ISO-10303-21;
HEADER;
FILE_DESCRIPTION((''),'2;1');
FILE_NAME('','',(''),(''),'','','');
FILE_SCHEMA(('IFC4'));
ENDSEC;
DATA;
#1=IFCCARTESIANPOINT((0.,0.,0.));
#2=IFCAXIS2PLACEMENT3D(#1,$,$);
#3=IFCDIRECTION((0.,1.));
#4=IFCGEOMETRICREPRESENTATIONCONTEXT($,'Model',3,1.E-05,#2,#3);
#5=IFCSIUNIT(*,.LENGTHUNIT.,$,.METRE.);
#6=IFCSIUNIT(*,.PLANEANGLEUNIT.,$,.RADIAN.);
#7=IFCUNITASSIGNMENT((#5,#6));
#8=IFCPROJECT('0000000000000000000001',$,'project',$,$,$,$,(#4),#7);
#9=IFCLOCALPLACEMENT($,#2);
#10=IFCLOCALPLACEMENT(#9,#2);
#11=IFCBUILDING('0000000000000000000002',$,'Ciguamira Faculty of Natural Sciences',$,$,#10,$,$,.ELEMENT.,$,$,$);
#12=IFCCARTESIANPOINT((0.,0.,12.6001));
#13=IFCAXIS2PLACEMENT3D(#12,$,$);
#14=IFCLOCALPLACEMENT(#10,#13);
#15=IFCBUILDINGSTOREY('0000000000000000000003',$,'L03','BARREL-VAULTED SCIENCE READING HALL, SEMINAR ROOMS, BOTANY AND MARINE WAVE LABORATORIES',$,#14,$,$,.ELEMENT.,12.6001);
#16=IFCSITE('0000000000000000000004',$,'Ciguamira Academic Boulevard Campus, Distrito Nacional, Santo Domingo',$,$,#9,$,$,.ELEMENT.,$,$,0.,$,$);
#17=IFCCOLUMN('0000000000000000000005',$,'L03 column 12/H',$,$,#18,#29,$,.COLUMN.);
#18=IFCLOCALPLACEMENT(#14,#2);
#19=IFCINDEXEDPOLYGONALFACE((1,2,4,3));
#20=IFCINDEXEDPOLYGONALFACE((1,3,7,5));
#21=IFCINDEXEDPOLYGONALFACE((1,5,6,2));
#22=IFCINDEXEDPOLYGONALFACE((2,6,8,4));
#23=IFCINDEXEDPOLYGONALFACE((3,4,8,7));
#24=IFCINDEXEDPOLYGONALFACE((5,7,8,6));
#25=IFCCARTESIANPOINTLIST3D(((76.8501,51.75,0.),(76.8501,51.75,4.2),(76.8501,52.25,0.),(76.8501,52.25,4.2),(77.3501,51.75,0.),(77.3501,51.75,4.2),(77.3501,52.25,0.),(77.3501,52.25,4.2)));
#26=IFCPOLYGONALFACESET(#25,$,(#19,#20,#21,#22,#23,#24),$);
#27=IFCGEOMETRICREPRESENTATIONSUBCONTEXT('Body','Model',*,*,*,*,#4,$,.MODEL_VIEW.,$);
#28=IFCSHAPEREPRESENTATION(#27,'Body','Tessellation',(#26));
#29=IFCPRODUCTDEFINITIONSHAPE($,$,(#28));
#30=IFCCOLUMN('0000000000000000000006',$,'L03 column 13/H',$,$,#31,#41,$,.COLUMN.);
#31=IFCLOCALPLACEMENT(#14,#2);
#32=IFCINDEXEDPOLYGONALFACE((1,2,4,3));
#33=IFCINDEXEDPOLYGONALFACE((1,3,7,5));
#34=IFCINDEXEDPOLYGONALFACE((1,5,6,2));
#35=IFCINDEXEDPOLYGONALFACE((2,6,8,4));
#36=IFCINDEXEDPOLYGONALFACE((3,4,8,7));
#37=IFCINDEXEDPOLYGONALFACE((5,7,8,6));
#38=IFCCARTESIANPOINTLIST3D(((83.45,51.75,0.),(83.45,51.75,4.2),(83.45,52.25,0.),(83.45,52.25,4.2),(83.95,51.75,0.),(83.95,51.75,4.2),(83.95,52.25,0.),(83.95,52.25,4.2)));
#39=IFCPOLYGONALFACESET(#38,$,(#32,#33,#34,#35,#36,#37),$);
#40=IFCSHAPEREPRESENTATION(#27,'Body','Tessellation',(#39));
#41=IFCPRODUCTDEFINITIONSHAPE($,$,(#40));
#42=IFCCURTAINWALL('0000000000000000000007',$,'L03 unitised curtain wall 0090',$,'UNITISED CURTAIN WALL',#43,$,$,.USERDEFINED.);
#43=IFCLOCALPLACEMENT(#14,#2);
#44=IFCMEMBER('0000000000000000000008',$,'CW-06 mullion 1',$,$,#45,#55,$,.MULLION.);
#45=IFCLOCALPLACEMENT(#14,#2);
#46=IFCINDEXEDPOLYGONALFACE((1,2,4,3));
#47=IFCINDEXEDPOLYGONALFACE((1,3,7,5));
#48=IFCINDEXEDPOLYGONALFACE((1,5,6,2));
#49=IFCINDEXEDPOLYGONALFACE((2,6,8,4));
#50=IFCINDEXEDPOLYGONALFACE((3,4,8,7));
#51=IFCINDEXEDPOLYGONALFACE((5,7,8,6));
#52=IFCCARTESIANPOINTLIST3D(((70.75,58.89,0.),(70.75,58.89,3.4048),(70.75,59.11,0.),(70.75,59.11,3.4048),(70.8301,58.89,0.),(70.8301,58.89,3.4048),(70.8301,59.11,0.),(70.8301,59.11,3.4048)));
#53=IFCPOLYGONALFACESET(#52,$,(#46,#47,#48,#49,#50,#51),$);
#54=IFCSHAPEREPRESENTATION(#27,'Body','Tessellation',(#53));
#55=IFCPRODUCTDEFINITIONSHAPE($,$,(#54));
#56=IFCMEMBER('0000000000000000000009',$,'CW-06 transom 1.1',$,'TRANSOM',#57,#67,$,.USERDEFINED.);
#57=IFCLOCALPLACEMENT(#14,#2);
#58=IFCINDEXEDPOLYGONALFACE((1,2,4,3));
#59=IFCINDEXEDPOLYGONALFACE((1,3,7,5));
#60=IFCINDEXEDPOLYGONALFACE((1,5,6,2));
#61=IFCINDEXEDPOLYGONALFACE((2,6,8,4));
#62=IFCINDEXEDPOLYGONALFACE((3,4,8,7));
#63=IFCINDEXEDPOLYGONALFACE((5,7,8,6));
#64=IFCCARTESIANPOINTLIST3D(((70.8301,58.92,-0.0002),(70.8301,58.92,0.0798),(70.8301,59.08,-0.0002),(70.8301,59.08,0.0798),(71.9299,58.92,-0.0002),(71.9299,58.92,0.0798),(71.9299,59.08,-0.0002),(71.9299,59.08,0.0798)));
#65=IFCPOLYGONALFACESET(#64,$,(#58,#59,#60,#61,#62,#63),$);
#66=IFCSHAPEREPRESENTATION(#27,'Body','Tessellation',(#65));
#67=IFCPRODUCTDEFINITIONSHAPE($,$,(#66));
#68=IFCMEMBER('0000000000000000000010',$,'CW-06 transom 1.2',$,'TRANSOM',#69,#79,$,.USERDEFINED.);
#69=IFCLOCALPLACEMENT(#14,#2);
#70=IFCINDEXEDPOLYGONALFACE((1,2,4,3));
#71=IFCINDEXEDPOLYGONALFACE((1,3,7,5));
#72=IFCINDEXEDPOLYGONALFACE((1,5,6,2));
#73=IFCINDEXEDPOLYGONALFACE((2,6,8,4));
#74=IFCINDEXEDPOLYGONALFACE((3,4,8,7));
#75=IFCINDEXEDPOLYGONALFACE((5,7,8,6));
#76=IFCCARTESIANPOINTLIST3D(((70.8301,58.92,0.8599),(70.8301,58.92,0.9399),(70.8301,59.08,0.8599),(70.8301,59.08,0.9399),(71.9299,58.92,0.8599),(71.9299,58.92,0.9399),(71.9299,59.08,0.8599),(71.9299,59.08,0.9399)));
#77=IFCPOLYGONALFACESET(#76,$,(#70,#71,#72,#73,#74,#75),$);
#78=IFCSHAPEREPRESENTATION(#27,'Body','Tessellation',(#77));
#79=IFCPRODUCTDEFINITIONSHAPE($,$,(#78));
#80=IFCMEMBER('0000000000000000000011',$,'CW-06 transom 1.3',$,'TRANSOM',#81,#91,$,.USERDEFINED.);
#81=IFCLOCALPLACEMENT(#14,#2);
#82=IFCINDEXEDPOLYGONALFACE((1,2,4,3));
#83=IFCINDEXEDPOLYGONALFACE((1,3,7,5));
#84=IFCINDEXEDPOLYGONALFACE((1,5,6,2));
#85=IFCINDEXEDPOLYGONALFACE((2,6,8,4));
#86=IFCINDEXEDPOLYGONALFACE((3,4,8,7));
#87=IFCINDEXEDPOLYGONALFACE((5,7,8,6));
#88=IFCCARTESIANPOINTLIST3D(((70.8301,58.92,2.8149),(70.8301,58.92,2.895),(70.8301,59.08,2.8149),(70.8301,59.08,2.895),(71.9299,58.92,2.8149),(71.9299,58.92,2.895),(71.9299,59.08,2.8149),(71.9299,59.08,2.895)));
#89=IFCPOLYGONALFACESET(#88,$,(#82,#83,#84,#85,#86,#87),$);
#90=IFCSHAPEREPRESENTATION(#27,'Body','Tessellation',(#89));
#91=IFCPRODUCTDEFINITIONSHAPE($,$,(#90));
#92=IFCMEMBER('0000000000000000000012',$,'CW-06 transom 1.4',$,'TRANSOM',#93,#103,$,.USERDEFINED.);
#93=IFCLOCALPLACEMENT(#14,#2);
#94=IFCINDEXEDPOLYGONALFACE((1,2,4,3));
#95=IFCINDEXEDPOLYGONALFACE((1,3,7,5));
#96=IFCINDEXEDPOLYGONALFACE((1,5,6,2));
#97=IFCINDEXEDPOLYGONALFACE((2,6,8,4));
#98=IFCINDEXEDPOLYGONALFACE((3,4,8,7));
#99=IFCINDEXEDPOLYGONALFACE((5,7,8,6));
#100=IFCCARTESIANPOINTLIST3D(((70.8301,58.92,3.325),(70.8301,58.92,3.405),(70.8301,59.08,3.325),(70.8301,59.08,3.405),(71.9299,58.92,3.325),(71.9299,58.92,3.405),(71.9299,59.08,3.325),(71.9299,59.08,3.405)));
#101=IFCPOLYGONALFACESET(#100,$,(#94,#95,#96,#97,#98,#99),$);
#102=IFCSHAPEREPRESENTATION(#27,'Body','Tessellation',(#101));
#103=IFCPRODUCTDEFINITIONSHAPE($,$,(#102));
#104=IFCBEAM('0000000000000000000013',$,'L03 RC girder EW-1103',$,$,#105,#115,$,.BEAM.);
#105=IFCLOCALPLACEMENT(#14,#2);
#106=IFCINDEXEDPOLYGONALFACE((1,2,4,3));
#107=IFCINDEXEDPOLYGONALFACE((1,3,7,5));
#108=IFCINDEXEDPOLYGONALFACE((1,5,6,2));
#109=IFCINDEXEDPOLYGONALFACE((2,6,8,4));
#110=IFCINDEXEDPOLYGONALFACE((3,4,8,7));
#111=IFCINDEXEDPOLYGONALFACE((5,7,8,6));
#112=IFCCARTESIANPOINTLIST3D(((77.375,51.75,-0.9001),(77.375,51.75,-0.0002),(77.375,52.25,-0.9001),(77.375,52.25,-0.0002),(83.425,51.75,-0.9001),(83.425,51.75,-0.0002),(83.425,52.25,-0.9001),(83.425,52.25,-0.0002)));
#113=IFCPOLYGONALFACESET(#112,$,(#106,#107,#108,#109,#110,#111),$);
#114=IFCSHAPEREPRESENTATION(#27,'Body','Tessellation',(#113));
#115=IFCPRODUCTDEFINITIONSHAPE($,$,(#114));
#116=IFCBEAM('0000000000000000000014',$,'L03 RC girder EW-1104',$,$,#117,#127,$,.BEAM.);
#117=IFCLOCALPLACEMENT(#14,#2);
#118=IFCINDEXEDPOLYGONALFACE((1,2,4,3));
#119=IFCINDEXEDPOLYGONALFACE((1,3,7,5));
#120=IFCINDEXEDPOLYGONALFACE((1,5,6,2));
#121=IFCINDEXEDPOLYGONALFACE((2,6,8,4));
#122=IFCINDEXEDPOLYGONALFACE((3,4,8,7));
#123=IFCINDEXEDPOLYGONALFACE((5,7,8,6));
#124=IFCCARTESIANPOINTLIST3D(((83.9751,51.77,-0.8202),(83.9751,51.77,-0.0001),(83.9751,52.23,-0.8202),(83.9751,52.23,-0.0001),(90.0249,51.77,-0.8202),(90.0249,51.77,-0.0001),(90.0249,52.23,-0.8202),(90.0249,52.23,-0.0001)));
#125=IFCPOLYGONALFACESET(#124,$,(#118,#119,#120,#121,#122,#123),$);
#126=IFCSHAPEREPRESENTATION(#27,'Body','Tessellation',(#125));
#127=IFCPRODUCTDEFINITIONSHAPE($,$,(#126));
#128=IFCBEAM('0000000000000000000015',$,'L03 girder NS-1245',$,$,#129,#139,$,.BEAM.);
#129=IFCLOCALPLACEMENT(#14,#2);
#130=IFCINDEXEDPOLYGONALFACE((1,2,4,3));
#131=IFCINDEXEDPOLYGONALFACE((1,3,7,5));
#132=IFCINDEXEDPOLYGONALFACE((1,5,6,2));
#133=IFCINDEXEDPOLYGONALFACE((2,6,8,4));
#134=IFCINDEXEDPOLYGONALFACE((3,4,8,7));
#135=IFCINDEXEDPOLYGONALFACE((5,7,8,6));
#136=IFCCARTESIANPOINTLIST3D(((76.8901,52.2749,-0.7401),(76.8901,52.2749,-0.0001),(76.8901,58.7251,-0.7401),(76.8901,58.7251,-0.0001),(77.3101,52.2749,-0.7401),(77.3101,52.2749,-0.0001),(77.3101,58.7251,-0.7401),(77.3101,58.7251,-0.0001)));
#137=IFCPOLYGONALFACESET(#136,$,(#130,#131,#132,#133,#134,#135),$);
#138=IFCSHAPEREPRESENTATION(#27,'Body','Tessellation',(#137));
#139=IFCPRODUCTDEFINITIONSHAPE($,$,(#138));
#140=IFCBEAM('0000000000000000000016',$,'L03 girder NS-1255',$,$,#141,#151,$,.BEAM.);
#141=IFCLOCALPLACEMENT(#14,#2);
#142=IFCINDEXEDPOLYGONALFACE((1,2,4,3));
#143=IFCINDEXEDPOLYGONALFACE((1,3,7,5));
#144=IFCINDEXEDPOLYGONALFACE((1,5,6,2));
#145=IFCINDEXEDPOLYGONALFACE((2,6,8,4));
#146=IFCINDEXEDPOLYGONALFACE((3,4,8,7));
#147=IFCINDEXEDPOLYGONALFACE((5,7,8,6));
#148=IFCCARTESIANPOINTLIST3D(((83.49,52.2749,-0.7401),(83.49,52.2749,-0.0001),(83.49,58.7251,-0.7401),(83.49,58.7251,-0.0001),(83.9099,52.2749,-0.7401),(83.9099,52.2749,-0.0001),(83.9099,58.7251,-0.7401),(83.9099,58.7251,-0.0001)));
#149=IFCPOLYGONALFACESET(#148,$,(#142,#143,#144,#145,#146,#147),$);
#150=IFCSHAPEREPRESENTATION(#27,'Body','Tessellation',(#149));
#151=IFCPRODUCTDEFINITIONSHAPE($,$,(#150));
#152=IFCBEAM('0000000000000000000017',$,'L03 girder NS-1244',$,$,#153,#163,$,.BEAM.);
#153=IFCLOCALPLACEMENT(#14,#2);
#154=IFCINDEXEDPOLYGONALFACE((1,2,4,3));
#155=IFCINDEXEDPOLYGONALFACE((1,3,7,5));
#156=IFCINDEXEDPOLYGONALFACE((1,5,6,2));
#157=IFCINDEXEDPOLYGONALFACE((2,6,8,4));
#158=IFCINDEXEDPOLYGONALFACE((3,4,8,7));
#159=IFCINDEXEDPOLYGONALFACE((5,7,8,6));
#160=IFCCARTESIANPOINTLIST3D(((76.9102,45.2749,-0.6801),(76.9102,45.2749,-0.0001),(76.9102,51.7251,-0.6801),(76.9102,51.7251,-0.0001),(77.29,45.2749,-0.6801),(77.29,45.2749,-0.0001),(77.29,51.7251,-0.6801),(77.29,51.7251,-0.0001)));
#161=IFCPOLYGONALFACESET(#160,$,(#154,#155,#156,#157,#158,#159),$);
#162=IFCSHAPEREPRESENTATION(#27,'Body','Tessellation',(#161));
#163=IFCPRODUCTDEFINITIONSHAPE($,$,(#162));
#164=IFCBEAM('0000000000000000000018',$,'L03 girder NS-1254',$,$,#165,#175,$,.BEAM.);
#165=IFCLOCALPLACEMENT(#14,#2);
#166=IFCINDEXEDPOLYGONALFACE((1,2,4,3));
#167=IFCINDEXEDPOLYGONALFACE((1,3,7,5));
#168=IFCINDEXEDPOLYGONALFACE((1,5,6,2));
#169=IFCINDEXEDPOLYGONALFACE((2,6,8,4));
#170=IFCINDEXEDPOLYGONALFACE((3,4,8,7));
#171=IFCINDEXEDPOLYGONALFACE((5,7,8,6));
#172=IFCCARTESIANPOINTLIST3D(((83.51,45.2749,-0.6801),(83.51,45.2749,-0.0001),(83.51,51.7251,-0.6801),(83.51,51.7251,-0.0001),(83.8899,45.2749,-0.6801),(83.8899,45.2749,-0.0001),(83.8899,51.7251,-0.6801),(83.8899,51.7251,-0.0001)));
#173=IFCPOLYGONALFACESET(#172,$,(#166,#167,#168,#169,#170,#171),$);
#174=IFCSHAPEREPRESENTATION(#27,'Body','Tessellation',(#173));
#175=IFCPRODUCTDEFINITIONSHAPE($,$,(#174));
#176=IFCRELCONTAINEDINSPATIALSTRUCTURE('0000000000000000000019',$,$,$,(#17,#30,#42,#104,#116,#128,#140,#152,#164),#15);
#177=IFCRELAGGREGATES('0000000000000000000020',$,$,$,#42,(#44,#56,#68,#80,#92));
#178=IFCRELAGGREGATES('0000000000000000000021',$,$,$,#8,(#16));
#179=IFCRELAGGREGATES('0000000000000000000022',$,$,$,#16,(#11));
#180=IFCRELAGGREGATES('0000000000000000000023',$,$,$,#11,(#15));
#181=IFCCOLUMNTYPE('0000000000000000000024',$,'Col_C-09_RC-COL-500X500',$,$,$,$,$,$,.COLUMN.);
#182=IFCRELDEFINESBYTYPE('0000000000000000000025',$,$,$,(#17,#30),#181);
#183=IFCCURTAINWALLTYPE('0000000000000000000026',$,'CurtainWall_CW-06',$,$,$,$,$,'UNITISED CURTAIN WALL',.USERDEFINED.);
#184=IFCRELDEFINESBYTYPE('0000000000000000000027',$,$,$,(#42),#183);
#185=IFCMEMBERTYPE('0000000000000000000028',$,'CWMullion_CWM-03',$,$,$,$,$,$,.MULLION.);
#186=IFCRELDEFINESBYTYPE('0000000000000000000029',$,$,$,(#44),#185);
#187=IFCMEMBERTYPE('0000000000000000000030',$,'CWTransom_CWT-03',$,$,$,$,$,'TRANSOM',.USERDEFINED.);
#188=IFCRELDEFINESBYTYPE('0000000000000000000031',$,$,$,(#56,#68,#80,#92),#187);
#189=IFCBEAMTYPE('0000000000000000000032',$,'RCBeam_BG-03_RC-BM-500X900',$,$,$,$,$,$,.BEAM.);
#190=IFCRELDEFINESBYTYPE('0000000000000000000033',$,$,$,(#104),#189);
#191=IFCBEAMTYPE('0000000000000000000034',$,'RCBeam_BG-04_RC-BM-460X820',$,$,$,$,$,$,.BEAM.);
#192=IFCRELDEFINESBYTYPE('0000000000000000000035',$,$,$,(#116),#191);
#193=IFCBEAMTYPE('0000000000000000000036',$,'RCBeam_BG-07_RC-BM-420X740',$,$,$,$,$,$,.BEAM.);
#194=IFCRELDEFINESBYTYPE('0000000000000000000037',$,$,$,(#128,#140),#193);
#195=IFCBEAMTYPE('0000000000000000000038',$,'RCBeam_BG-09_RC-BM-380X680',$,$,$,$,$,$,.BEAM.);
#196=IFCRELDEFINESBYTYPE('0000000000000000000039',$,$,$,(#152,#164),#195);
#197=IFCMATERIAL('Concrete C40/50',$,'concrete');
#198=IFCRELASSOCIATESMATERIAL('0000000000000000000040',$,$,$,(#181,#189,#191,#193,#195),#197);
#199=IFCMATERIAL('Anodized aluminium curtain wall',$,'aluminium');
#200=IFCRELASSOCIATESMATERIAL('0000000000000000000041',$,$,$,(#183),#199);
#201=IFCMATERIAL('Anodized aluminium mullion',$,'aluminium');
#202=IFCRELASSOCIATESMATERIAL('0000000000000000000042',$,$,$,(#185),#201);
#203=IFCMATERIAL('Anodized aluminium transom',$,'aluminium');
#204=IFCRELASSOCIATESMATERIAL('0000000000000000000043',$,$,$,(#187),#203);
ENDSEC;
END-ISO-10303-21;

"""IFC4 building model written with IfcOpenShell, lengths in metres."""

from ifc_helpers import new_model, si_unit, direction, frame, origin, origin_2d, place, context, subcontext, project, spatial, rectangle, extrude, material, material_profile, profile_set, type_object, element, aggregate, save


model = new_model("IFC4")

# Units and contexts
model_context = context("Model", 3, precision=1e-05, world=origin(), true_north=direction((0.0, 1.0)))
body_context = subcontext(model_context, "Body", "Model", "MODEL_VIEW")
ifc_project = project(units=[si_unit("LENGTHUNIT", "METRE"), si_unit("PLANEANGLEUNIT", "RADIAN")], contexts=[model_context])

# Site, building, storey
site_placement = place(None, origin())
site = spatial("IfcSite", under=ifc_project, at=site_placement, Name="Ciguamira Academic Boulevard Campus, Distrito Nacional, Santo Domingo", CompositionType="ELEMENT", RefElevation=0.0)
building_placement = place(site_placement, origin())
building = spatial("IfcBuilding", under=site, at=building_placement, Name="Ciguamira Faculty of Natural Sciences", CompositionType="ELEMENT")
storey_placement = place(building_placement, frame((0.0, 0.0, 12.6001)))
storey = spatial("IfcBuildingStorey", under=building, at=storey_placement, Name="L03", Description="BARREL-VAULTED SCIENCE READING HALL, SEMINAR ROOMS, BOTANY AND MARINE WAVE LABORATORIES", CompositionType="ELEMENT", Elevation=12.6001)

# Columns
ifc_material_1 = material(Name="Concrete C40/50", Category="concrete")
ifc_material_profile_1 = material_profile(ifc_material_1, rectangle(XDim=0.5, YDim=0.5, at=origin_2d()), Name="RC-COL-500X500")
ifc_profile_set_1 = profile_set([ifc_material_profile_1], Name="Concrete C40/50")
column_type = type_object("IfcColumnType", Name="Col_C-09_RC-COL-500X500", PredefinedType="COLUMN", material=ifc_profile_set_1)
for number, where, z_axis, x_axis, name in (
    (1, (77.1001, 52.0, 0.0), (0.0, 0.0, 1.0), (1.0, 0.0, 0.0), "L03 column 12/H"),
    (2, (83.7, 52.0, 0.0), (0.0, 0.0, 1.0), (1.0, 0.0, 0.0), "L03 column 13/H"),
):
    element("IfcColumn", number, at=place(storey_placement, frame(where, z_axis=z_axis, x_axis=x_axis)), inside=storey, type_object=column_type, Name=name, PredefinedType="COLUMN", context=body_context, shape_type="SweptSolid", body=[
        extrude(rectangle(XDim=0.5, YDim=0.5, at=origin_2d()), origin(), (0.0, 0.0, 1.0), 4.2),
    ])

# Curtain wall, members
ifc_material_2 = material(Name="Anodized aluminium curtain wall", Category="aluminium")
curtain_wall_type = type_object("IfcCurtainWallType", Name="CurtainWall_CW-06", ElementType="UNITISED CURTAIN WALL", PredefinedType="USERDEFINED", material=ifc_material_2)
curtain_wall_placement = place(storey_placement, origin())
curtain_wall = element("IfcCurtainWall", 3, at=curtain_wall_placement, inside=storey, type_object=curtain_wall_type, Name="L03 unitised curtain wall 0090", ObjectType="UNITISED CURTAIN WALL", PredefinedType="USERDEFINED")
ifc_material_3 = material(Name="Anodized aluminium mullion", Category="aluminium")
ifc_material_profile_2 = material_profile(ifc_material_3, rectangle(XDim=0.0801, YDim=0.22, at=origin_2d()), Name="ALU-MUL-80X220")
ifc_profile_set_2 = profile_set([ifc_material_profile_2], Name="Anodized aluminium mullion")
member_type_1 = type_object("IfcMemberType", Name="CWMullion_CWM-03", PredefinedType="MULLION", material=ifc_profile_set_2)
member_1_placement = place(storey_placement, frame((70.79, 59.0, 0.0), z_axis=(0.0, 0.0, 1.0), x_axis=(1.0, 0.0, 0.0)))
member_1 = element("IfcMember", 4, at=member_1_placement, type_object=member_type_1, Name="CW-06 mullion 1", PredefinedType="MULLION", context=body_context, shape_type="SweptSolid", body=[
    extrude(rectangle(XDim=0.0801, YDim=0.22, at=origin_2d()), origin(), (0.0, 0.0, 1.0), 3.4048),
])
ifc_material_4 = material(Name="Anodized aluminium transom", Category="aluminium")
ifc_material_profile_3 = material_profile(ifc_material_4, rectangle(XDim=0.0801, YDim=0.1599, at=origin_2d()), Name="ALU-TRN-80X160")
ifc_profile_set_3 = profile_set([ifc_material_profile_3], Name="Anodized aluminium transom")
member_type_2 = type_object("IfcMemberType", Name="CWTransom_CWT-03", ElementType="TRANSOM", PredefinedType="USERDEFINED", material=ifc_profile_set_3)
member_2_placement = place(storey_placement, frame((70.8301, 59.0, 0.0398), z_axis=(1.0, 0.0, 0.0), x_axis=(0.0, 0.0, 1.0)))
member_2 = element("IfcMember", 5, at=member_2_placement, type_object=member_type_2, Name="CW-06 transom 1.1", ObjectType="TRANSOM", PredefinedType="USERDEFINED", context=body_context, shape_type="SweptSolid", body=[
    extrude(rectangle(XDim=0.0801, YDim=0.1599, at=origin_2d()), origin(), (0.0, 0.0, 1.0), 1.0999),
])
member_3_placement = place(storey_placement, frame((70.8301, 59.0, 0.8999), z_axis=(1.0, 0.0, 0.0), x_axis=(0.0, 0.0, 1.0)))
member_3 = element("IfcMember", 6, at=member_3_placement, type_object=member_type_2, Name="CW-06 transom 1.2", ObjectType="TRANSOM", PredefinedType="USERDEFINED", context=body_context, shape_type="SweptSolid", body=[
    extrude(rectangle(XDim=0.0801, YDim=0.1599, at=origin_2d()), origin(), (0.0, 0.0, 1.0), 1.0999),
])
member_4_placement = place(storey_placement, frame((70.8301, 59.0, 2.855), z_axis=(1.0, 0.0, 0.0), x_axis=(0.0, 0.0, 1.0)))
member_4 = element("IfcMember", 7, at=member_4_placement, type_object=member_type_2, Name="CW-06 transom 1.3", ObjectType="TRANSOM", PredefinedType="USERDEFINED", context=body_context, shape_type="SweptSolid", body=[
    extrude(rectangle(XDim=0.0801, YDim=0.1599, at=origin_2d()), origin(), (0.0, 0.0, 1.0), 1.0999),
])
member_5_placement = place(storey_placement, frame((70.8301, 59.0, 3.365), z_axis=(1.0, 0.0, 0.0), x_axis=(0.0, 0.0, 1.0)))
member_5 = element("IfcMember", 8, at=member_5_placement, type_object=member_type_2, Name="CW-06 transom 1.4", ObjectType="TRANSOM", PredefinedType="USERDEFINED", context=body_context, shape_type="SweptSolid", body=[
    extrude(rectangle(XDim=0.0801, YDim=0.1599, at=origin_2d()), origin(), (0.0, 0.0, 1.0), 1.0999),
])

# Beams
ifc_material_profile_4 = material_profile(ifc_material_1, rectangle(XDim=0.5, YDim=0.8999, at=origin_2d()), Name="RC-BM-500X900")
ifc_profile_set_4 = profile_set([ifc_material_profile_4], Name="Concrete C40/50")
beam_type_1 = type_object("IfcBeamType", Name="RCBeam_BG-03_RC-BM-500X900", PredefinedType="BEAM", material=ifc_profile_set_4)
beam_1_placement = place(storey_placement, frame((77.375, 52.0, -0.4502), z_axis=(1.0, 0.0, 0.0), x_axis=(0.0, 1.0, 0.0)))
element("IfcBeam", 9, at=beam_1_placement, inside=storey, type_object=beam_type_1, Name="L03 RC girder EW-1103", PredefinedType="BEAM", context=body_context, shape_type="SweptSolid", body=[
    extrude(rectangle(XDim=0.5, YDim=0.8999, at=origin_2d()), origin(), (0.0, 0.0, 1.0), 6.05),
])
ifc_material_profile_5 = material_profile(ifc_material_1, rectangle(XDim=0.46, YDim=0.8201, at=origin_2d()), Name="RC-BM-460X820")
ifc_profile_set_5 = profile_set([ifc_material_profile_5], Name="Concrete C40/50")
beam_type_2 = type_object("IfcBeamType", Name="RCBeam_BG-04_RC-BM-460X820", PredefinedType="BEAM", material=ifc_profile_set_5)
beam_2_placement = place(storey_placement, frame((83.9751, 52.0, -0.4102), z_axis=(1.0, 0.0, 0.0), x_axis=(0.0, 1.0, 0.0)))
element("IfcBeam", 10, at=beam_2_placement, inside=storey, type_object=beam_type_2, Name="L03 RC girder EW-1104", PredefinedType="BEAM", context=body_context, shape_type="SweptSolid", body=[
    extrude(rectangle(XDim=0.46, YDim=0.8201, at=origin_2d()), origin(), (0.0, 0.0, 1.0), 6.0498),
])
ifc_material_profile_6 = material_profile(ifc_material_1, rectangle(XDim=0.4199, YDim=0.74, at=origin_2d()), Name="RC-BM-420X740")
ifc_profile_set_6 = profile_set([ifc_material_profile_6], Name="Concrete C40/50")
beam_type_3 = type_object("IfcBeamType", Name="RCBeam_BG-07_RC-BM-420X740", PredefinedType="BEAM", material=ifc_profile_set_6)
for number, where, z_axis, x_axis, name in (
    (11, (77.1001, 52.2749, -0.3701), (0.0, 1.0, 0.0), (-1.0, 0.0, 0.0), "L03 girder NS-1245"),
    (12, (83.7, 52.2749, -0.3701), (0.0, 1.0, 0.0), (-1.0, 0.0, 0.0), "L03 girder NS-1255"),
):
    element("IfcBeam", number, at=place(storey_placement, frame(where, z_axis=z_axis, x_axis=x_axis)), inside=storey, type_object=beam_type_3, Name=name, PredefinedType="BEAM", context=body_context, shape_type="SweptSolid", body=[
        extrude(rectangle(XDim=0.4199, YDim=0.74, at=origin_2d()), origin(), (0.0, 0.0, 1.0), 6.4502),
    ])
ifc_material_profile_7 = material_profile(ifc_material_1, rectangle(XDim=0.3799, YDim=0.6799, at=origin_2d()), Name="RC-BM-380X680")
ifc_profile_set_7 = profile_set([ifc_material_profile_7], Name="Concrete C40/50")
beam_type_4 = type_object("IfcBeamType", Name="RCBeam_BG-09_RC-BM-380X680", PredefinedType="BEAM", material=ifc_profile_set_7)
for number, where, z_axis, x_axis, name in (
    (13, (77.1001, 45.2749, -0.3401), (0.0, 1.0, 0.0), (-1.0, 0.0, 0.0), "L03 girder NS-1244"),
    (14, (83.7, 45.2749, -0.3401), (0.0, 1.0, 0.0), (-1.0, 0.0, 0.0), "L03 girder NS-1254"),
):
    element("IfcBeam", number, at=place(storey_placement, frame(where, z_axis=z_axis, x_axis=x_axis)), inside=storey, type_object=beam_type_4, Name=name, PredefinedType="BEAM", context=body_context, shape_type="SweptSolid", body=[
        extrude(rectangle(XDim=0.3799, YDim=0.6799, at=origin_2d()), origin(), (0.0, 0.0, 1.0), 6.4502),
    ])

aggregate(curtain_wall, [member_1, member_2, member_3, member_4, member_5])

save(model, "model.ifc")
